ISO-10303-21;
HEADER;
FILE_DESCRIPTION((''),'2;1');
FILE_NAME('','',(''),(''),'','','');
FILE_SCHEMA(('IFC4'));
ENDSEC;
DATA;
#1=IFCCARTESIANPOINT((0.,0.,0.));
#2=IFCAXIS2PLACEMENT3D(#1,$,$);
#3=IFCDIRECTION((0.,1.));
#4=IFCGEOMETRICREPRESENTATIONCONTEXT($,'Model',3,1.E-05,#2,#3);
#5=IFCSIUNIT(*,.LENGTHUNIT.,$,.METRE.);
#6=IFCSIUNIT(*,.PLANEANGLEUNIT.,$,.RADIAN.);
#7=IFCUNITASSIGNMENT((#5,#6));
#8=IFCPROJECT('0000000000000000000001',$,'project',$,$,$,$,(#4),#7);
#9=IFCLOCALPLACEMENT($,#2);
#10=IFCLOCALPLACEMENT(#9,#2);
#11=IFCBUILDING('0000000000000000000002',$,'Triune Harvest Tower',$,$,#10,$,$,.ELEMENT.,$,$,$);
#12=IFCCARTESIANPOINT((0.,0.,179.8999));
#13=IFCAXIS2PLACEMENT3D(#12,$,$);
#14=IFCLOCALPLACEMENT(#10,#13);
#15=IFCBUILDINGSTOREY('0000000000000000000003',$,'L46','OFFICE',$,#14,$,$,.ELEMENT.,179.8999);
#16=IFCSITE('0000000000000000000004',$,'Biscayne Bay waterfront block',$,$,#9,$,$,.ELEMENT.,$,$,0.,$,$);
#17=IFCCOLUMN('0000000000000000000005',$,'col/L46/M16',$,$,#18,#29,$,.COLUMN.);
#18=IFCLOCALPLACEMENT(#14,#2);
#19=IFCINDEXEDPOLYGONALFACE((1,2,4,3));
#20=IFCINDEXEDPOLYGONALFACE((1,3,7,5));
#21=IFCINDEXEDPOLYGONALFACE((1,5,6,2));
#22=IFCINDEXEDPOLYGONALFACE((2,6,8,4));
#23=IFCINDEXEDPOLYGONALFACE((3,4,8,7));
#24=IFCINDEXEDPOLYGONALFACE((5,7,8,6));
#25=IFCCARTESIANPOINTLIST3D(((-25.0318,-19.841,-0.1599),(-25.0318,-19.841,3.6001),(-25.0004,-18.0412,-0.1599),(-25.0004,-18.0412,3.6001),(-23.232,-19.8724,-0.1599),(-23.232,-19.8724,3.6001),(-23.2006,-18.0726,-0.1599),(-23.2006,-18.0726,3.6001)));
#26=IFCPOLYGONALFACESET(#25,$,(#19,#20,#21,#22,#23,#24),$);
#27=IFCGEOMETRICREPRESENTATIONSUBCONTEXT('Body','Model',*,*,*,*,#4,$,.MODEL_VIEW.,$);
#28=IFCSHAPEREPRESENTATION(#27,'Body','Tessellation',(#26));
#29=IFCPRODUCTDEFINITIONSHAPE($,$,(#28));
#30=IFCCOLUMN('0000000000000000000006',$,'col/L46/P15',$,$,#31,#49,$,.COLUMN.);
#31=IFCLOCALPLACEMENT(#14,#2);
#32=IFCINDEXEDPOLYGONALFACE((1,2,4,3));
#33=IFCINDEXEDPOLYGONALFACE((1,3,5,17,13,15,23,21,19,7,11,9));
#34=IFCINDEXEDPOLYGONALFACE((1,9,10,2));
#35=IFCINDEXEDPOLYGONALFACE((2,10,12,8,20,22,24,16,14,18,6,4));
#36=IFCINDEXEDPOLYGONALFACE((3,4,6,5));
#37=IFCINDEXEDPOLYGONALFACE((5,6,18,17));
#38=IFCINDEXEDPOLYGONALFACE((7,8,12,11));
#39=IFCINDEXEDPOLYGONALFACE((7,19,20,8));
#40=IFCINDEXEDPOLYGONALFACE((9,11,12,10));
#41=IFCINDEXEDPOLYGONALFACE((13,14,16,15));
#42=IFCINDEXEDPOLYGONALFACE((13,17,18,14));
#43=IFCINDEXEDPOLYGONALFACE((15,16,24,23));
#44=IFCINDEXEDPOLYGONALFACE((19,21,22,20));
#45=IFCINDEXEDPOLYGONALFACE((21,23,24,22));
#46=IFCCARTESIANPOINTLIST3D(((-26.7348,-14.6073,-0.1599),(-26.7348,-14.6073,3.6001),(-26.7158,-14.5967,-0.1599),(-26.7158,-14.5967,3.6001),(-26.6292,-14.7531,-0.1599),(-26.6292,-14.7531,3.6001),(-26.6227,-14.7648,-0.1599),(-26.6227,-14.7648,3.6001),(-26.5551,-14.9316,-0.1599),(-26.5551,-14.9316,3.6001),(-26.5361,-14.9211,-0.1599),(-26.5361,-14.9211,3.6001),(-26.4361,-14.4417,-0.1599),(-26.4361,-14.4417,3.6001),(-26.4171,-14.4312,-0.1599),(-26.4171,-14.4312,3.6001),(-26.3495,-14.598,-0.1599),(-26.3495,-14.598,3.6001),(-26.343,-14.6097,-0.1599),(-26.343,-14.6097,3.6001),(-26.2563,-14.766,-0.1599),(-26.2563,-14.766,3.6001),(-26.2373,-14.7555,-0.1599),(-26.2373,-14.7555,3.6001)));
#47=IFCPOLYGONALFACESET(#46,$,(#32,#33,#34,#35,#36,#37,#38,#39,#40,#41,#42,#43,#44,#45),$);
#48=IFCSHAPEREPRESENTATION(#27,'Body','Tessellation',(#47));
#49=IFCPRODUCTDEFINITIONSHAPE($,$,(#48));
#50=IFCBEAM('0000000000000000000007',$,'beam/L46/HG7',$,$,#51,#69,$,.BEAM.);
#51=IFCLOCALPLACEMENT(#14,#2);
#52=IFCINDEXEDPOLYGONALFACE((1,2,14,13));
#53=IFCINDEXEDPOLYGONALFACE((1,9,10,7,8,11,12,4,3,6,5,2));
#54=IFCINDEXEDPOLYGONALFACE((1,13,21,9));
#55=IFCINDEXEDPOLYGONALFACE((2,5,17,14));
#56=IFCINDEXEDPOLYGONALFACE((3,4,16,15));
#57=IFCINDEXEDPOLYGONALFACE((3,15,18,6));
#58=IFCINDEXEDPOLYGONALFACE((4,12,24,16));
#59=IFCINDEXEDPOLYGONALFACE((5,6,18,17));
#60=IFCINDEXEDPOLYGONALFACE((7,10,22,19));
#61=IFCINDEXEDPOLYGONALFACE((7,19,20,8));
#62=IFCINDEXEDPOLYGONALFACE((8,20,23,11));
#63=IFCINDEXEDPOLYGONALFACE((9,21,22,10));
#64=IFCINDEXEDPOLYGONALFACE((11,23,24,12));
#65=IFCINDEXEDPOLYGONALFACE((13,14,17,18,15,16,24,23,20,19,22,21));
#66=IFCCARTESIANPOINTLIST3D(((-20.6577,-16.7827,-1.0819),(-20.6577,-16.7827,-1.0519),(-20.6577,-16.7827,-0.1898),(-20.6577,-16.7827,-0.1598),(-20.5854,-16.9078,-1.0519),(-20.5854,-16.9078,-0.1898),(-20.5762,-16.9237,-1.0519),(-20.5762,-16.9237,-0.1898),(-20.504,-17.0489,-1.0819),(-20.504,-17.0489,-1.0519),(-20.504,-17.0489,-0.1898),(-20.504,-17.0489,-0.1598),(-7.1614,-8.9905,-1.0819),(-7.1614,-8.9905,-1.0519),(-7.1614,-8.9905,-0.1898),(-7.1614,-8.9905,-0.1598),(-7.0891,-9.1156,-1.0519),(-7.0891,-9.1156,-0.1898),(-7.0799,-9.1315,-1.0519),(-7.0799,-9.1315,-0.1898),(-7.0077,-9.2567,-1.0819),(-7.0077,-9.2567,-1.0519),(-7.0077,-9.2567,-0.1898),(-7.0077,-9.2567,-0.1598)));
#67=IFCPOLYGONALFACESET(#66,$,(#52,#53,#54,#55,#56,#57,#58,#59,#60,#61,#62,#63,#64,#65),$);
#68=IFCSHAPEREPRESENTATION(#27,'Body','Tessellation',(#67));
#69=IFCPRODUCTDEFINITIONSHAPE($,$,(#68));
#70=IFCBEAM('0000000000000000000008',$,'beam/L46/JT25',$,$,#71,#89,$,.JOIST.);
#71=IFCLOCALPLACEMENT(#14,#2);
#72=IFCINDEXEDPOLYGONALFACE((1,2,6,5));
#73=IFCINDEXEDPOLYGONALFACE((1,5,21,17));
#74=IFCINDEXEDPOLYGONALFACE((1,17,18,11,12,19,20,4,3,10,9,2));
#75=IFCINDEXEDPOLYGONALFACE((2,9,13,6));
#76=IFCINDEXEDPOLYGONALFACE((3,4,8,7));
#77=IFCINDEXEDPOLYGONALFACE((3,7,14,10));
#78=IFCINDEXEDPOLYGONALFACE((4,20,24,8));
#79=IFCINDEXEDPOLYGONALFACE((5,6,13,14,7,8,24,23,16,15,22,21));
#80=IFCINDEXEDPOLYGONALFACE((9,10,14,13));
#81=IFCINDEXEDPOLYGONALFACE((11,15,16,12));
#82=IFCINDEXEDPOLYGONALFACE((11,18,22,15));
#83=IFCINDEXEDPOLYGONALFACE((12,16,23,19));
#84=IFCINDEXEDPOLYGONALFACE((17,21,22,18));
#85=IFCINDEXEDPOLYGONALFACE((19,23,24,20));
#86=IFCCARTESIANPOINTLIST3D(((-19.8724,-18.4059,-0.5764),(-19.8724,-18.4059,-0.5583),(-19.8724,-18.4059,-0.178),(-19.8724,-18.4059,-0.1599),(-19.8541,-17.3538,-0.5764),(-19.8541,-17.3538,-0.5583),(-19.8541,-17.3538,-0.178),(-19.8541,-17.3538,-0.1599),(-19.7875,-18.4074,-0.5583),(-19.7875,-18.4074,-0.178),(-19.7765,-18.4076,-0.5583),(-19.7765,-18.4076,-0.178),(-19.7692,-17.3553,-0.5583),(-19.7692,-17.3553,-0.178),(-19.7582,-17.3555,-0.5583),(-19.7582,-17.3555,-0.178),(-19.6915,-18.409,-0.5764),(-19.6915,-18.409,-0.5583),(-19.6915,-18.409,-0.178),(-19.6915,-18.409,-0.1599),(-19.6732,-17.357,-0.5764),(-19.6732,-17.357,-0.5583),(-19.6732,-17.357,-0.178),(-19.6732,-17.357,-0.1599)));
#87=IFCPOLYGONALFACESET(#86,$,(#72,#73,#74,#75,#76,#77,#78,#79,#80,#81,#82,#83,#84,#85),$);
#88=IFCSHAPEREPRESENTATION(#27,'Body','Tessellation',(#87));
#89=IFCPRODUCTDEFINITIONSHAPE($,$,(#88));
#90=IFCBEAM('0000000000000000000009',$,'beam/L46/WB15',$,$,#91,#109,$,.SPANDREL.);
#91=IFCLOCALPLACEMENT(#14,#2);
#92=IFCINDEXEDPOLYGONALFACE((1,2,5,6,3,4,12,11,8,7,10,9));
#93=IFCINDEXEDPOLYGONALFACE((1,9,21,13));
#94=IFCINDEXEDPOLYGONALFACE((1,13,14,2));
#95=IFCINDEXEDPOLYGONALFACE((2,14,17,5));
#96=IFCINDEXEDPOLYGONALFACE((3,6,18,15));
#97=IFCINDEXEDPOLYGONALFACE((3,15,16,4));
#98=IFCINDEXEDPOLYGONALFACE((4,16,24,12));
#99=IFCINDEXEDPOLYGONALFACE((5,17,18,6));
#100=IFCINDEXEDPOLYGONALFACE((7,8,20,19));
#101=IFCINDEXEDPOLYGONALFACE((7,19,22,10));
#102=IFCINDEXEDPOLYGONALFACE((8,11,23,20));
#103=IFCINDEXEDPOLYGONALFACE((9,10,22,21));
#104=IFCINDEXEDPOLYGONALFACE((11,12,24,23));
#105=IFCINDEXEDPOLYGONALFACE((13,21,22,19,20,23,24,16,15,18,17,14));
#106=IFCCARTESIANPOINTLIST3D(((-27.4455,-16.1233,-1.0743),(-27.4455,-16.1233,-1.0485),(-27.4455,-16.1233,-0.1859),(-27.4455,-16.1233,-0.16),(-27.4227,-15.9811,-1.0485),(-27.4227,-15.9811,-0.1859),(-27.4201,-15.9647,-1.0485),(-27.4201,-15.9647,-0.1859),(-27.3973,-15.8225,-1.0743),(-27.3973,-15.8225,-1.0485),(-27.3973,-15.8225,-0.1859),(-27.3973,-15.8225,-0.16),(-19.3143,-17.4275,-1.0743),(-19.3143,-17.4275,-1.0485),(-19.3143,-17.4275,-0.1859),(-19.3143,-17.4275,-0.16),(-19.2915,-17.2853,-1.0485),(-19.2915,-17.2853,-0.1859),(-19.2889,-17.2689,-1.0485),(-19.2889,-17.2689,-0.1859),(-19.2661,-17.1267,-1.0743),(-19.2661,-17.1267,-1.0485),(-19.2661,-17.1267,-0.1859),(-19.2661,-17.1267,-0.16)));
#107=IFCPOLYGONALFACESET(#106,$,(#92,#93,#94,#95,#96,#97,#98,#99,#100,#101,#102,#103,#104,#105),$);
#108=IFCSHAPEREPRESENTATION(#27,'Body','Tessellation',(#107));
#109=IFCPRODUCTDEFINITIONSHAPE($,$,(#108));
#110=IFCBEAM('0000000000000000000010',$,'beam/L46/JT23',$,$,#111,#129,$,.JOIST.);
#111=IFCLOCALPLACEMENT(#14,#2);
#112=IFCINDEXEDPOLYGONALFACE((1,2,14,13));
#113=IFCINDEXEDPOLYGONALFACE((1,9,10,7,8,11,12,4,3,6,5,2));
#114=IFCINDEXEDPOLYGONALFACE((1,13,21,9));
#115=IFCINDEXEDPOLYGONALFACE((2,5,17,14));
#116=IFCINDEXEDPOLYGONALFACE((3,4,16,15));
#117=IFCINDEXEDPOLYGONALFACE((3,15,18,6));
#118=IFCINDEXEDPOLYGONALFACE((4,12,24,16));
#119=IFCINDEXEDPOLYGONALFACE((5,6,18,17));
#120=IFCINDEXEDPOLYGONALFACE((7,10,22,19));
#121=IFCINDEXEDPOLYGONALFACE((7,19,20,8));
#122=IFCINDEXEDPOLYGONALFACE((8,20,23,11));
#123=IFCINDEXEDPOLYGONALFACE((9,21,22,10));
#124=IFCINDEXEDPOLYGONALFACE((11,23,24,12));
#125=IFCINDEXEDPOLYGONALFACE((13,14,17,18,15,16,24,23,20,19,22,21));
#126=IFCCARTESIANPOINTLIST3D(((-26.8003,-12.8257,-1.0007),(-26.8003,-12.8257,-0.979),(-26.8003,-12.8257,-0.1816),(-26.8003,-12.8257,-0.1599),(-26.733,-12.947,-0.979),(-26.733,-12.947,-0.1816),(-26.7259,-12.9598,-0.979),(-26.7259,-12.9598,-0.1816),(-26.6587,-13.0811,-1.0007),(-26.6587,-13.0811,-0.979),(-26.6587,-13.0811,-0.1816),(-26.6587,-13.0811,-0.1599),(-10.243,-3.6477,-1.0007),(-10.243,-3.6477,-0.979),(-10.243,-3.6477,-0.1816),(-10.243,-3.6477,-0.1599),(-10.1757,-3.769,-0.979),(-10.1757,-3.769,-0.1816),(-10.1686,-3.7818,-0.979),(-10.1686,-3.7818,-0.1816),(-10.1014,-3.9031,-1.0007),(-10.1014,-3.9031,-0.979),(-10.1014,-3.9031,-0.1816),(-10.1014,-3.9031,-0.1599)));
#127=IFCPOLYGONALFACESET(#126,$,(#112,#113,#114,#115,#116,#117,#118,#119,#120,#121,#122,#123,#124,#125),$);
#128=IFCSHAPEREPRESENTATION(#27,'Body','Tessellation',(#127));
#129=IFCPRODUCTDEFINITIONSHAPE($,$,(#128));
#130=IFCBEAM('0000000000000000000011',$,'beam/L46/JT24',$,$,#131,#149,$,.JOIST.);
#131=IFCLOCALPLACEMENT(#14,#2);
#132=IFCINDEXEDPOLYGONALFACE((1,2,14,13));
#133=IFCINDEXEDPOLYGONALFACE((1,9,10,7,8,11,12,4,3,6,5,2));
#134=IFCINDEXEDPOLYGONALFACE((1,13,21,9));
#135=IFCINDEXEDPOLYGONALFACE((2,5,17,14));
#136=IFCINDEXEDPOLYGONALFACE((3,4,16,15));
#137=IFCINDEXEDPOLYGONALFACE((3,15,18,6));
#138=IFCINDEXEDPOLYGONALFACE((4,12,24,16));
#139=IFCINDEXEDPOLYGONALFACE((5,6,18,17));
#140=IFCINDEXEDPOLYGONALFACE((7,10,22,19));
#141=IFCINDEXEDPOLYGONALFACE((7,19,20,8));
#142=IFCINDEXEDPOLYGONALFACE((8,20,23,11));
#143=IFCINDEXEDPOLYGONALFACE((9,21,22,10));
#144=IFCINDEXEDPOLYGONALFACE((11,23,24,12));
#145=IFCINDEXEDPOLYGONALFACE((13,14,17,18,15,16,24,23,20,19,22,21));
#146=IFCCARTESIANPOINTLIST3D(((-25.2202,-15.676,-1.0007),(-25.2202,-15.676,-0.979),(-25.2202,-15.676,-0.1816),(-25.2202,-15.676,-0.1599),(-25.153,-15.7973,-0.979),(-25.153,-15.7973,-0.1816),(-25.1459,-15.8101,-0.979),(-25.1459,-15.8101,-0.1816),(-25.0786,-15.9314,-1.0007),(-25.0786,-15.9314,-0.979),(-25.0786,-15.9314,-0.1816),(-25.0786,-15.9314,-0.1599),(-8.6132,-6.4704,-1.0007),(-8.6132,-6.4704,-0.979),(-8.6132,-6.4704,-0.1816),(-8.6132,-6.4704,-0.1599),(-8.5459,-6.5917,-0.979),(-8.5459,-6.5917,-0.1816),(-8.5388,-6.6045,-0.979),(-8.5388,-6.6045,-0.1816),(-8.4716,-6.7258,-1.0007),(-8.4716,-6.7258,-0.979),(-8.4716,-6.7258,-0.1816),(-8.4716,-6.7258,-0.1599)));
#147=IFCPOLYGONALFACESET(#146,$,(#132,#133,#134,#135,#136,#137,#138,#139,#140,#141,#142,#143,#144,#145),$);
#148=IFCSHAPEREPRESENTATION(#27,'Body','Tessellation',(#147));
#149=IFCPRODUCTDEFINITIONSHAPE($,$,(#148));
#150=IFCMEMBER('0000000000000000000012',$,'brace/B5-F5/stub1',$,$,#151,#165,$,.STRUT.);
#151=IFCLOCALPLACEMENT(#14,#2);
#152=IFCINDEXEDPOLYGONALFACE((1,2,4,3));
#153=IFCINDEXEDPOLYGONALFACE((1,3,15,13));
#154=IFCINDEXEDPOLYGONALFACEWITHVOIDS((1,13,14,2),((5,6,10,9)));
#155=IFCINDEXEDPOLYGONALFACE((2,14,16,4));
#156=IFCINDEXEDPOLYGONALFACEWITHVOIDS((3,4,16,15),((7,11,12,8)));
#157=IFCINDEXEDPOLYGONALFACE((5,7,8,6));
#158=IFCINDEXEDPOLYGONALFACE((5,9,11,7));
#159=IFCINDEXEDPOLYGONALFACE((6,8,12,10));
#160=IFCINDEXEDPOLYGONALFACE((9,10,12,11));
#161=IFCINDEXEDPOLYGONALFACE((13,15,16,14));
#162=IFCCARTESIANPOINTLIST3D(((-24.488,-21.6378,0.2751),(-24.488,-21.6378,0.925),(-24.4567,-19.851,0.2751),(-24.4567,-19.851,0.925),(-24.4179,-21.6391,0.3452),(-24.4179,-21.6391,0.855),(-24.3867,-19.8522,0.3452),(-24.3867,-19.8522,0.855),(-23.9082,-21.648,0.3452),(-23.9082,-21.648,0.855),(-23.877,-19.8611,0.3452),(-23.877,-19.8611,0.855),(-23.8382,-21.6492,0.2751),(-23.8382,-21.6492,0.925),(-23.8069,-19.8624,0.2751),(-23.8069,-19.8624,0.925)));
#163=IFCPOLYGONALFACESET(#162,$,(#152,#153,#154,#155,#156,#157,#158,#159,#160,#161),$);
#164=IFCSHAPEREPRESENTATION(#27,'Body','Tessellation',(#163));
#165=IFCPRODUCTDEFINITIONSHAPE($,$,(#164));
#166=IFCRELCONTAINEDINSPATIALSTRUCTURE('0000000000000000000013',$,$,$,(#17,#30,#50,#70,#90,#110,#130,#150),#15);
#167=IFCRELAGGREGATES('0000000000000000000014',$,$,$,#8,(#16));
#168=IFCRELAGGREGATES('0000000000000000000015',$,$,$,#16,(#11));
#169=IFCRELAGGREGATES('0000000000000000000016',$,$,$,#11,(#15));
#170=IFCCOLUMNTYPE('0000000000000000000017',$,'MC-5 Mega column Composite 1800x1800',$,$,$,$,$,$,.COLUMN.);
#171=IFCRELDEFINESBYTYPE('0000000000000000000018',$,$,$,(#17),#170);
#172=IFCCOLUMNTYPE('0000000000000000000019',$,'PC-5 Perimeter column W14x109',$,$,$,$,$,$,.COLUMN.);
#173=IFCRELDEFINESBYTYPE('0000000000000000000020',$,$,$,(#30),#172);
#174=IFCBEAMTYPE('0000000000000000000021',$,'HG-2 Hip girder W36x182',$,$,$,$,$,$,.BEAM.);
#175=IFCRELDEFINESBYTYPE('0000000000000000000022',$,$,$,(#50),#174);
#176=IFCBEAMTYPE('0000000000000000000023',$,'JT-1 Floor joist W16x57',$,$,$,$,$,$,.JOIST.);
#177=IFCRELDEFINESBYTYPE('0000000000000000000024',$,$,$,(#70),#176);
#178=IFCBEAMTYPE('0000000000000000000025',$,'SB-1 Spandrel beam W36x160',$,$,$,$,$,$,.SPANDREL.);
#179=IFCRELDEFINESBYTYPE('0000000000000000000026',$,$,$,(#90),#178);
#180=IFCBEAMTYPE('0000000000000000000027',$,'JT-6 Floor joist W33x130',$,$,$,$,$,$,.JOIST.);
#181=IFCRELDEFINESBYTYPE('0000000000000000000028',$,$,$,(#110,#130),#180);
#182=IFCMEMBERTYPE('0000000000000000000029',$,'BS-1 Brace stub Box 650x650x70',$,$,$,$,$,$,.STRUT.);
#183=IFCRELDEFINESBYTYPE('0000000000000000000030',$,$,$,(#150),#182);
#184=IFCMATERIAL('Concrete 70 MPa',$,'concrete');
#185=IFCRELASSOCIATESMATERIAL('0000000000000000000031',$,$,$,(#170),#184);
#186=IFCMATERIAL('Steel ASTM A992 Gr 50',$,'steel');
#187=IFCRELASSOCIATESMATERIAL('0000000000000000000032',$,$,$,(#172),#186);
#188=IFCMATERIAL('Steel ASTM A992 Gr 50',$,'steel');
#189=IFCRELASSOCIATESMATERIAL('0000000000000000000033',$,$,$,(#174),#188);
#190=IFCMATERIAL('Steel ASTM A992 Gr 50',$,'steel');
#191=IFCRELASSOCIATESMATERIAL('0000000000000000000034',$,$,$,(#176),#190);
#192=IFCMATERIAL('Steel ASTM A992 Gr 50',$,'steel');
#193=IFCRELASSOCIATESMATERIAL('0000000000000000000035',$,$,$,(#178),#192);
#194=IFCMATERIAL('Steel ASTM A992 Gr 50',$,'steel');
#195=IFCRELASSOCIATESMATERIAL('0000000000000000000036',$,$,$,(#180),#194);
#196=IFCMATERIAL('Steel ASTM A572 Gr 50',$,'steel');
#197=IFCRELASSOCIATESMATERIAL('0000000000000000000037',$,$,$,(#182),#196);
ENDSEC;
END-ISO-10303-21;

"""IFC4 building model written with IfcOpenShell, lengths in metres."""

from ifc_helpers import new_model, si_unit, direction, frame, origin, origin_2d, place, context, subcontext, project, spatial, rectangle, hollow_rectangle, i_section, extrude, source, transform, mapped, material, material_profile, profile_set, type_object, element, save


model = new_model("IFC4")

# Units and contexts
model_context = context("Model", 3, precision=1e-05, world=origin(), true_north=direction((0.0, 1.0)))
body_context = subcontext(model_context, "Body", "Model", "MODEL_VIEW")
ifc_project = project(units=[si_unit("LENGTHUNIT", "METRE"), si_unit("PLANEANGLEUNIT", "RADIAN")], contexts=[model_context])

# Site, building, storey
site_placement = place(None, origin())
site = spatial("IfcSite", under=ifc_project, at=site_placement, Name="Biscayne Bay waterfront block", CompositionType="ELEMENT", RefElevation=0.0)
building_placement = place(site_placement, origin())
building = spatial("IfcBuilding", under=site, at=building_placement, Name="Triune Harvest Tower", CompositionType="ELEMENT")
storey_placement = place(building_placement, frame((0.0, 0.0, 179.8999)))
storey = spatial("IfcBuildingStorey", under=building, at=storey_placement, Name="L46", Description="OFFICE", CompositionType="ELEMENT", Elevation=179.8999)

# Columns
ifc_material_1 = material(Name="Concrete 70 MPa", Category="concrete")
ifc_material_profile_1 = material_profile(ifc_material_1, rectangle(XDim=1.8, YDim=1.8, at=origin_2d()), Name="Composite 1800x1800")
ifc_profile_set_1 = profile_set([ifc_material_profile_1], Name="Concrete 70 MPa")
column_type_1 = type_object("IfcColumnType", Name="MC-5 Mega column Composite 1800x1800", PredefinedType="COLUMN", material=ifc_profile_set_1)
shared_shape_1 = source(origin(), body_context, "Body", "SweptSolid", [
    extrude(rectangle(XDim=1.8, YDim=1.8, at=origin_2d()), origin(), (0.0, 0.0, 1.0), 3.76),
])
column_1_placement = place(storey_placement, frame((-24.1162, -18.9568, -0.1599), z_axis=(0.0, 0.0, 1.0), x_axis=(0.999848, -0.017452, 0.0)))
element("IfcColumn", 1, at=column_1_placement, inside=storey, type_object=column_type_1, Name="col/L46/M16", PredefinedType="COLUMN", context=body_context, shape_type="MappedRepresentation", body=[
    mapped(shared_shape_1, transform((0.0, 0.0, 0.0), scale=1.0)),
])
ifc_material_2 = material(Name="Steel ASTM A992 Gr 50", Category="steel")
ifc_material_profile_2 = material_profile(ifc_material_2, i_section(OverallWidth=0.3708, OverallDepth=0.3633, WebThickness=0.0134, FlangeThickness=0.0217, at=origin_2d()), Name="W14x109")
ifc_profile_set_2 = profile_set([ifc_material_profile_2], Name="Steel ASTM A992 Gr 50")
column_type_2 = type_object("IfcColumnType", Name="PC-5 Perimeter column W14x109", PredefinedType="COLUMN", material=ifc_profile_set_2)
shared_shape_2 = source(origin(), body_context, "Body", "SweptSolid", [
    extrude(i_section(OverallWidth=0.3708, OverallDepth=0.3633, WebThickness=0.0134, FlangeThickness=0.0217, at=origin_2d()), origin(), (0.0, 0.0, 1.0), 3.76),
])
column_2_placement = place(storey_placement, frame((-26.4861, -14.6814, -0.1599), z_axis=(0.0, 0.0, 1.0), x_axis=(0.484808, -0.874621, 0.0)))
element("IfcColumn", 2, at=column_2_placement, inside=storey, type_object=column_type_2, Name="col/L46/P15", PredefinedType="COLUMN", context=body_context, shape_type="MappedRepresentation", body=[
    mapped(shared_shape_2, transform((0.0, 0.0, 0.0), scale=1.0)),
])

# Beams
ifc_material_3 = material(Name="Steel ASTM A992 Gr 50", Category="steel")
ifc_material_profile_3 = material_profile(ifc_material_3, i_section(OverallWidth=0.3074, OverallDepth=0.9221, WebThickness=0.0183, FlangeThickness=0.03, at=origin_2d()), Name="W36x182")
ifc_profile_set_3 = profile_set([ifc_material_profile_3], Name="Steel ASTM A992 Gr 50")
beam_type_1 = type_object("IfcBeamType", Name="HG-2 Hip girder W36x182", PredefinedType="BEAM", material=ifc_profile_set_3)
beam_1_placement = place(storey_placement, frame((-20.5808, -16.9158, -0.6208), z_axis=(0.866022, 0.500006, 0.0), x_axis=(-0.500006, 0.866022, 0.0)))
element("IfcBeam", 3, at=beam_1_placement, inside=storey, type_object=beam_type_1, Name="beam/L46/HG7", PredefinedType="BEAM", context=body_context, shape_type="SweptSolid", body=[
    extrude(i_section(OverallWidth=0.3074, OverallDepth=0.9221, WebThickness=0.0183, FlangeThickness=0.03, at=origin_2d()), origin(), (0.0, 0.0, 1.0), 15.5842),
])
ifc_material_4 = material(Name="Steel ASTM A992 Gr 50", Category="steel")
ifc_material_profile_4 = material_profile(ifc_material_4, i_section(OverallWidth=0.1809, OverallDepth=0.4165, WebThickness=0.011, FlangeThickness=0.0181, at=origin_2d()), Name="W16x57")
ifc_profile_set_4 = profile_set([ifc_material_profile_4], Name="Steel ASTM A992 Gr 50")
beam_type_2 = type_object("IfcBeamType", Name="JT-1 Floor joist W16x57", PredefinedType="JOIST", material=ifc_profile_set_4)
beam_2_placement = place(storey_placement, frame((-19.782, -18.4075, -0.3682), z_axis=(0.017403, 0.999849, 0.0), x_axis=(-0.999849, 0.017403, 0.0)))
element("IfcBeam", 4, at=beam_2_placement, inside=storey, type_object=beam_type_2, Name="beam/L46/JT25", PredefinedType="JOIST", context=body_context, shape_type="SweptSolid", body=[
    extrude(i_section(OverallWidth=0.1809, OverallDepth=0.4165, WebThickness=0.011, FlangeThickness=0.0181, at=origin_2d()), origin(), (0.0, 0.0, 1.0), 1.0522),
])
ifc_material_5 = material(Name="Steel ASTM A992 Gr 50", Category="steel")
ifc_material_profile_5 = material_profile(ifc_material_5, i_section(OverallWidth=0.3047, OverallDepth=0.9143, WebThickness=0.0166, FlangeThickness=0.0259, at=origin_2d()), Name="W36x160")
ifc_profile_set_5 = profile_set([ifc_material_profile_5], Name="Steel ASTM A992 Gr 50")
beam_type_3 = type_object("IfcBeamType", Name="SB-1 Spandrel beam W36x160", PredefinedType="SPANDREL", material=ifc_profile_set_5)
shared_shape_3 = source(origin(), body_context, "Body", "SweptSolid", [
    extrude(i_section(OverallWidth=0.3047, OverallDepth=0.9143, WebThickness=0.0166, FlangeThickness=0.0259, at=origin_2d()), origin(), (0.0, 0.0, 1.0), 8.2351),
])
beam_3_placement = place(storey_placement, frame((-27.4214, -15.9729, -0.6172), z_axis=(0.98738, -0.158372, 0.0), x_axis=(0.158372, 0.98738, 0.0)))
element("IfcBeam", 5, at=beam_3_placement, inside=storey, type_object=beam_type_3, Name="beam/L46/WB15", PredefinedType="SPANDREL", context=body_context, shape_type="MappedRepresentation", body=[
    mapped(shared_shape_3, transform((0.0, 0.0, 0.0), scale=1.0)),
])
ifc_material_6 = material(Name="Steel ASTM A992 Gr 50", Category="steel")
ifc_material_profile_6 = material_profile(ifc_material_6, i_section(OverallWidth=0.292, OverallDepth=0.8408, WebThickness=0.0146, FlangeThickness=0.0217, at=origin_2d()), Name="W33x130")
ifc_profile_set_6 = profile_set([ifc_material_profile_6], Name="Steel ASTM A992 Gr 50")
beam_type_4 = type_object("IfcBeamType", Name="JT-6 Floor joist W33x130", PredefinedType="JOIST", material=ifc_profile_set_6)
shared_shape_4 = source(origin(), body_context, "Body", "SweptSolid", [
    extrude(i_section(OverallWidth=0.292, OverallDepth=0.8408, WebThickness=0.0146, FlangeThickness=0.0217, at=origin_2d()), origin(), (0.0, 0.0, 1.0), 18.9309),
])
beam_4_placement = place(storey_placement, frame((-26.7295, -12.9534, -0.5803), z_axis=(0.874618, 0.484813, 0.0), x_axis=(-0.484813, 0.874618, 0.0)))
element("IfcBeam", 6, at=beam_4_placement, inside=storey, type_object=beam_type_4, Name="beam/L46/JT23", PredefinedType="JOIST", context=body_context, shape_type="MappedRepresentation", body=[
    mapped(shared_shape_4, transform((0.0, 0.0, 0.0), scale=1.0)),
])
shared_shape_5 = source(origin(), body_context, "Body", "SweptSolid", [
    extrude(i_section(OverallWidth=0.292, OverallDepth=0.8408, WebThickness=0.0146, FlangeThickness=0.0217, at=origin_2d()), origin(), (0.0, 0.0, 1.0), 18.9878),
])
beam_5_placement = place(storey_placement, frame((-25.1494, -15.8037, -0.5803), z_axis=(0.874615, 0.484817, 0.0), x_axis=(-0.484817, 0.874615, 0.0)))
element("IfcBeam", 7, at=beam_5_placement, inside=storey, type_object=beam_type_4, Name="beam/L46/JT24", PredefinedType="JOIST", context=body_context, shape_type="MappedRepresentation", body=[
    mapped(shared_shape_5, transform((0.0, 0.0, 0.0), scale=1.0)),
])

# Member
ifc_material_7 = material(Name="Steel ASTM A572 Gr 50", Category="steel")
ifc_material_profile_7 = material_profile(ifc_material_7, hollow_rectangle(XDim=0.6499, YDim=0.6499, WallThickness=0.0701, at=origin_2d()), Name="Box 650x650x70")
ifc_profile_set_7 = profile_set([ifc_material_profile_7], Name="Steel ASTM A572 Gr 50")
member_type_1 = type_object("IfcMemberType", Name="BS-1 Brace stub Box 650x650x70", PredefinedType="STRUT", material=ifc_profile_set_7)
shared_shape_6 = source(origin(), body_context, "Body", "SweptSolid", [
    extrude(hollow_rectangle(XDim=0.6499, YDim=0.6499, WallThickness=0.0701, at=origin_2d()), origin(), (0.0, 0.0, 1.0), 1.7871),
])
member_1_placement = place(storey_placement, frame((-24.1318, -19.8567, 0.6001), z_axis=(-0.017486, -0.999847, 0.0), x_axis=(0.999847, -0.017486, 0.0)))
element("IfcMember", 8, at=member_1_placement, inside=storey, type_object=member_type_1, Name="brace/B5-F5/stub1", PredefinedType="STRUT", context=body_context, shape_type="MappedRepresentation", body=[
    mapped(shared_shape_6, transform((0.0, 0.0, 0.0), scale=1.0)),
])

save(model, "model.ifc")
